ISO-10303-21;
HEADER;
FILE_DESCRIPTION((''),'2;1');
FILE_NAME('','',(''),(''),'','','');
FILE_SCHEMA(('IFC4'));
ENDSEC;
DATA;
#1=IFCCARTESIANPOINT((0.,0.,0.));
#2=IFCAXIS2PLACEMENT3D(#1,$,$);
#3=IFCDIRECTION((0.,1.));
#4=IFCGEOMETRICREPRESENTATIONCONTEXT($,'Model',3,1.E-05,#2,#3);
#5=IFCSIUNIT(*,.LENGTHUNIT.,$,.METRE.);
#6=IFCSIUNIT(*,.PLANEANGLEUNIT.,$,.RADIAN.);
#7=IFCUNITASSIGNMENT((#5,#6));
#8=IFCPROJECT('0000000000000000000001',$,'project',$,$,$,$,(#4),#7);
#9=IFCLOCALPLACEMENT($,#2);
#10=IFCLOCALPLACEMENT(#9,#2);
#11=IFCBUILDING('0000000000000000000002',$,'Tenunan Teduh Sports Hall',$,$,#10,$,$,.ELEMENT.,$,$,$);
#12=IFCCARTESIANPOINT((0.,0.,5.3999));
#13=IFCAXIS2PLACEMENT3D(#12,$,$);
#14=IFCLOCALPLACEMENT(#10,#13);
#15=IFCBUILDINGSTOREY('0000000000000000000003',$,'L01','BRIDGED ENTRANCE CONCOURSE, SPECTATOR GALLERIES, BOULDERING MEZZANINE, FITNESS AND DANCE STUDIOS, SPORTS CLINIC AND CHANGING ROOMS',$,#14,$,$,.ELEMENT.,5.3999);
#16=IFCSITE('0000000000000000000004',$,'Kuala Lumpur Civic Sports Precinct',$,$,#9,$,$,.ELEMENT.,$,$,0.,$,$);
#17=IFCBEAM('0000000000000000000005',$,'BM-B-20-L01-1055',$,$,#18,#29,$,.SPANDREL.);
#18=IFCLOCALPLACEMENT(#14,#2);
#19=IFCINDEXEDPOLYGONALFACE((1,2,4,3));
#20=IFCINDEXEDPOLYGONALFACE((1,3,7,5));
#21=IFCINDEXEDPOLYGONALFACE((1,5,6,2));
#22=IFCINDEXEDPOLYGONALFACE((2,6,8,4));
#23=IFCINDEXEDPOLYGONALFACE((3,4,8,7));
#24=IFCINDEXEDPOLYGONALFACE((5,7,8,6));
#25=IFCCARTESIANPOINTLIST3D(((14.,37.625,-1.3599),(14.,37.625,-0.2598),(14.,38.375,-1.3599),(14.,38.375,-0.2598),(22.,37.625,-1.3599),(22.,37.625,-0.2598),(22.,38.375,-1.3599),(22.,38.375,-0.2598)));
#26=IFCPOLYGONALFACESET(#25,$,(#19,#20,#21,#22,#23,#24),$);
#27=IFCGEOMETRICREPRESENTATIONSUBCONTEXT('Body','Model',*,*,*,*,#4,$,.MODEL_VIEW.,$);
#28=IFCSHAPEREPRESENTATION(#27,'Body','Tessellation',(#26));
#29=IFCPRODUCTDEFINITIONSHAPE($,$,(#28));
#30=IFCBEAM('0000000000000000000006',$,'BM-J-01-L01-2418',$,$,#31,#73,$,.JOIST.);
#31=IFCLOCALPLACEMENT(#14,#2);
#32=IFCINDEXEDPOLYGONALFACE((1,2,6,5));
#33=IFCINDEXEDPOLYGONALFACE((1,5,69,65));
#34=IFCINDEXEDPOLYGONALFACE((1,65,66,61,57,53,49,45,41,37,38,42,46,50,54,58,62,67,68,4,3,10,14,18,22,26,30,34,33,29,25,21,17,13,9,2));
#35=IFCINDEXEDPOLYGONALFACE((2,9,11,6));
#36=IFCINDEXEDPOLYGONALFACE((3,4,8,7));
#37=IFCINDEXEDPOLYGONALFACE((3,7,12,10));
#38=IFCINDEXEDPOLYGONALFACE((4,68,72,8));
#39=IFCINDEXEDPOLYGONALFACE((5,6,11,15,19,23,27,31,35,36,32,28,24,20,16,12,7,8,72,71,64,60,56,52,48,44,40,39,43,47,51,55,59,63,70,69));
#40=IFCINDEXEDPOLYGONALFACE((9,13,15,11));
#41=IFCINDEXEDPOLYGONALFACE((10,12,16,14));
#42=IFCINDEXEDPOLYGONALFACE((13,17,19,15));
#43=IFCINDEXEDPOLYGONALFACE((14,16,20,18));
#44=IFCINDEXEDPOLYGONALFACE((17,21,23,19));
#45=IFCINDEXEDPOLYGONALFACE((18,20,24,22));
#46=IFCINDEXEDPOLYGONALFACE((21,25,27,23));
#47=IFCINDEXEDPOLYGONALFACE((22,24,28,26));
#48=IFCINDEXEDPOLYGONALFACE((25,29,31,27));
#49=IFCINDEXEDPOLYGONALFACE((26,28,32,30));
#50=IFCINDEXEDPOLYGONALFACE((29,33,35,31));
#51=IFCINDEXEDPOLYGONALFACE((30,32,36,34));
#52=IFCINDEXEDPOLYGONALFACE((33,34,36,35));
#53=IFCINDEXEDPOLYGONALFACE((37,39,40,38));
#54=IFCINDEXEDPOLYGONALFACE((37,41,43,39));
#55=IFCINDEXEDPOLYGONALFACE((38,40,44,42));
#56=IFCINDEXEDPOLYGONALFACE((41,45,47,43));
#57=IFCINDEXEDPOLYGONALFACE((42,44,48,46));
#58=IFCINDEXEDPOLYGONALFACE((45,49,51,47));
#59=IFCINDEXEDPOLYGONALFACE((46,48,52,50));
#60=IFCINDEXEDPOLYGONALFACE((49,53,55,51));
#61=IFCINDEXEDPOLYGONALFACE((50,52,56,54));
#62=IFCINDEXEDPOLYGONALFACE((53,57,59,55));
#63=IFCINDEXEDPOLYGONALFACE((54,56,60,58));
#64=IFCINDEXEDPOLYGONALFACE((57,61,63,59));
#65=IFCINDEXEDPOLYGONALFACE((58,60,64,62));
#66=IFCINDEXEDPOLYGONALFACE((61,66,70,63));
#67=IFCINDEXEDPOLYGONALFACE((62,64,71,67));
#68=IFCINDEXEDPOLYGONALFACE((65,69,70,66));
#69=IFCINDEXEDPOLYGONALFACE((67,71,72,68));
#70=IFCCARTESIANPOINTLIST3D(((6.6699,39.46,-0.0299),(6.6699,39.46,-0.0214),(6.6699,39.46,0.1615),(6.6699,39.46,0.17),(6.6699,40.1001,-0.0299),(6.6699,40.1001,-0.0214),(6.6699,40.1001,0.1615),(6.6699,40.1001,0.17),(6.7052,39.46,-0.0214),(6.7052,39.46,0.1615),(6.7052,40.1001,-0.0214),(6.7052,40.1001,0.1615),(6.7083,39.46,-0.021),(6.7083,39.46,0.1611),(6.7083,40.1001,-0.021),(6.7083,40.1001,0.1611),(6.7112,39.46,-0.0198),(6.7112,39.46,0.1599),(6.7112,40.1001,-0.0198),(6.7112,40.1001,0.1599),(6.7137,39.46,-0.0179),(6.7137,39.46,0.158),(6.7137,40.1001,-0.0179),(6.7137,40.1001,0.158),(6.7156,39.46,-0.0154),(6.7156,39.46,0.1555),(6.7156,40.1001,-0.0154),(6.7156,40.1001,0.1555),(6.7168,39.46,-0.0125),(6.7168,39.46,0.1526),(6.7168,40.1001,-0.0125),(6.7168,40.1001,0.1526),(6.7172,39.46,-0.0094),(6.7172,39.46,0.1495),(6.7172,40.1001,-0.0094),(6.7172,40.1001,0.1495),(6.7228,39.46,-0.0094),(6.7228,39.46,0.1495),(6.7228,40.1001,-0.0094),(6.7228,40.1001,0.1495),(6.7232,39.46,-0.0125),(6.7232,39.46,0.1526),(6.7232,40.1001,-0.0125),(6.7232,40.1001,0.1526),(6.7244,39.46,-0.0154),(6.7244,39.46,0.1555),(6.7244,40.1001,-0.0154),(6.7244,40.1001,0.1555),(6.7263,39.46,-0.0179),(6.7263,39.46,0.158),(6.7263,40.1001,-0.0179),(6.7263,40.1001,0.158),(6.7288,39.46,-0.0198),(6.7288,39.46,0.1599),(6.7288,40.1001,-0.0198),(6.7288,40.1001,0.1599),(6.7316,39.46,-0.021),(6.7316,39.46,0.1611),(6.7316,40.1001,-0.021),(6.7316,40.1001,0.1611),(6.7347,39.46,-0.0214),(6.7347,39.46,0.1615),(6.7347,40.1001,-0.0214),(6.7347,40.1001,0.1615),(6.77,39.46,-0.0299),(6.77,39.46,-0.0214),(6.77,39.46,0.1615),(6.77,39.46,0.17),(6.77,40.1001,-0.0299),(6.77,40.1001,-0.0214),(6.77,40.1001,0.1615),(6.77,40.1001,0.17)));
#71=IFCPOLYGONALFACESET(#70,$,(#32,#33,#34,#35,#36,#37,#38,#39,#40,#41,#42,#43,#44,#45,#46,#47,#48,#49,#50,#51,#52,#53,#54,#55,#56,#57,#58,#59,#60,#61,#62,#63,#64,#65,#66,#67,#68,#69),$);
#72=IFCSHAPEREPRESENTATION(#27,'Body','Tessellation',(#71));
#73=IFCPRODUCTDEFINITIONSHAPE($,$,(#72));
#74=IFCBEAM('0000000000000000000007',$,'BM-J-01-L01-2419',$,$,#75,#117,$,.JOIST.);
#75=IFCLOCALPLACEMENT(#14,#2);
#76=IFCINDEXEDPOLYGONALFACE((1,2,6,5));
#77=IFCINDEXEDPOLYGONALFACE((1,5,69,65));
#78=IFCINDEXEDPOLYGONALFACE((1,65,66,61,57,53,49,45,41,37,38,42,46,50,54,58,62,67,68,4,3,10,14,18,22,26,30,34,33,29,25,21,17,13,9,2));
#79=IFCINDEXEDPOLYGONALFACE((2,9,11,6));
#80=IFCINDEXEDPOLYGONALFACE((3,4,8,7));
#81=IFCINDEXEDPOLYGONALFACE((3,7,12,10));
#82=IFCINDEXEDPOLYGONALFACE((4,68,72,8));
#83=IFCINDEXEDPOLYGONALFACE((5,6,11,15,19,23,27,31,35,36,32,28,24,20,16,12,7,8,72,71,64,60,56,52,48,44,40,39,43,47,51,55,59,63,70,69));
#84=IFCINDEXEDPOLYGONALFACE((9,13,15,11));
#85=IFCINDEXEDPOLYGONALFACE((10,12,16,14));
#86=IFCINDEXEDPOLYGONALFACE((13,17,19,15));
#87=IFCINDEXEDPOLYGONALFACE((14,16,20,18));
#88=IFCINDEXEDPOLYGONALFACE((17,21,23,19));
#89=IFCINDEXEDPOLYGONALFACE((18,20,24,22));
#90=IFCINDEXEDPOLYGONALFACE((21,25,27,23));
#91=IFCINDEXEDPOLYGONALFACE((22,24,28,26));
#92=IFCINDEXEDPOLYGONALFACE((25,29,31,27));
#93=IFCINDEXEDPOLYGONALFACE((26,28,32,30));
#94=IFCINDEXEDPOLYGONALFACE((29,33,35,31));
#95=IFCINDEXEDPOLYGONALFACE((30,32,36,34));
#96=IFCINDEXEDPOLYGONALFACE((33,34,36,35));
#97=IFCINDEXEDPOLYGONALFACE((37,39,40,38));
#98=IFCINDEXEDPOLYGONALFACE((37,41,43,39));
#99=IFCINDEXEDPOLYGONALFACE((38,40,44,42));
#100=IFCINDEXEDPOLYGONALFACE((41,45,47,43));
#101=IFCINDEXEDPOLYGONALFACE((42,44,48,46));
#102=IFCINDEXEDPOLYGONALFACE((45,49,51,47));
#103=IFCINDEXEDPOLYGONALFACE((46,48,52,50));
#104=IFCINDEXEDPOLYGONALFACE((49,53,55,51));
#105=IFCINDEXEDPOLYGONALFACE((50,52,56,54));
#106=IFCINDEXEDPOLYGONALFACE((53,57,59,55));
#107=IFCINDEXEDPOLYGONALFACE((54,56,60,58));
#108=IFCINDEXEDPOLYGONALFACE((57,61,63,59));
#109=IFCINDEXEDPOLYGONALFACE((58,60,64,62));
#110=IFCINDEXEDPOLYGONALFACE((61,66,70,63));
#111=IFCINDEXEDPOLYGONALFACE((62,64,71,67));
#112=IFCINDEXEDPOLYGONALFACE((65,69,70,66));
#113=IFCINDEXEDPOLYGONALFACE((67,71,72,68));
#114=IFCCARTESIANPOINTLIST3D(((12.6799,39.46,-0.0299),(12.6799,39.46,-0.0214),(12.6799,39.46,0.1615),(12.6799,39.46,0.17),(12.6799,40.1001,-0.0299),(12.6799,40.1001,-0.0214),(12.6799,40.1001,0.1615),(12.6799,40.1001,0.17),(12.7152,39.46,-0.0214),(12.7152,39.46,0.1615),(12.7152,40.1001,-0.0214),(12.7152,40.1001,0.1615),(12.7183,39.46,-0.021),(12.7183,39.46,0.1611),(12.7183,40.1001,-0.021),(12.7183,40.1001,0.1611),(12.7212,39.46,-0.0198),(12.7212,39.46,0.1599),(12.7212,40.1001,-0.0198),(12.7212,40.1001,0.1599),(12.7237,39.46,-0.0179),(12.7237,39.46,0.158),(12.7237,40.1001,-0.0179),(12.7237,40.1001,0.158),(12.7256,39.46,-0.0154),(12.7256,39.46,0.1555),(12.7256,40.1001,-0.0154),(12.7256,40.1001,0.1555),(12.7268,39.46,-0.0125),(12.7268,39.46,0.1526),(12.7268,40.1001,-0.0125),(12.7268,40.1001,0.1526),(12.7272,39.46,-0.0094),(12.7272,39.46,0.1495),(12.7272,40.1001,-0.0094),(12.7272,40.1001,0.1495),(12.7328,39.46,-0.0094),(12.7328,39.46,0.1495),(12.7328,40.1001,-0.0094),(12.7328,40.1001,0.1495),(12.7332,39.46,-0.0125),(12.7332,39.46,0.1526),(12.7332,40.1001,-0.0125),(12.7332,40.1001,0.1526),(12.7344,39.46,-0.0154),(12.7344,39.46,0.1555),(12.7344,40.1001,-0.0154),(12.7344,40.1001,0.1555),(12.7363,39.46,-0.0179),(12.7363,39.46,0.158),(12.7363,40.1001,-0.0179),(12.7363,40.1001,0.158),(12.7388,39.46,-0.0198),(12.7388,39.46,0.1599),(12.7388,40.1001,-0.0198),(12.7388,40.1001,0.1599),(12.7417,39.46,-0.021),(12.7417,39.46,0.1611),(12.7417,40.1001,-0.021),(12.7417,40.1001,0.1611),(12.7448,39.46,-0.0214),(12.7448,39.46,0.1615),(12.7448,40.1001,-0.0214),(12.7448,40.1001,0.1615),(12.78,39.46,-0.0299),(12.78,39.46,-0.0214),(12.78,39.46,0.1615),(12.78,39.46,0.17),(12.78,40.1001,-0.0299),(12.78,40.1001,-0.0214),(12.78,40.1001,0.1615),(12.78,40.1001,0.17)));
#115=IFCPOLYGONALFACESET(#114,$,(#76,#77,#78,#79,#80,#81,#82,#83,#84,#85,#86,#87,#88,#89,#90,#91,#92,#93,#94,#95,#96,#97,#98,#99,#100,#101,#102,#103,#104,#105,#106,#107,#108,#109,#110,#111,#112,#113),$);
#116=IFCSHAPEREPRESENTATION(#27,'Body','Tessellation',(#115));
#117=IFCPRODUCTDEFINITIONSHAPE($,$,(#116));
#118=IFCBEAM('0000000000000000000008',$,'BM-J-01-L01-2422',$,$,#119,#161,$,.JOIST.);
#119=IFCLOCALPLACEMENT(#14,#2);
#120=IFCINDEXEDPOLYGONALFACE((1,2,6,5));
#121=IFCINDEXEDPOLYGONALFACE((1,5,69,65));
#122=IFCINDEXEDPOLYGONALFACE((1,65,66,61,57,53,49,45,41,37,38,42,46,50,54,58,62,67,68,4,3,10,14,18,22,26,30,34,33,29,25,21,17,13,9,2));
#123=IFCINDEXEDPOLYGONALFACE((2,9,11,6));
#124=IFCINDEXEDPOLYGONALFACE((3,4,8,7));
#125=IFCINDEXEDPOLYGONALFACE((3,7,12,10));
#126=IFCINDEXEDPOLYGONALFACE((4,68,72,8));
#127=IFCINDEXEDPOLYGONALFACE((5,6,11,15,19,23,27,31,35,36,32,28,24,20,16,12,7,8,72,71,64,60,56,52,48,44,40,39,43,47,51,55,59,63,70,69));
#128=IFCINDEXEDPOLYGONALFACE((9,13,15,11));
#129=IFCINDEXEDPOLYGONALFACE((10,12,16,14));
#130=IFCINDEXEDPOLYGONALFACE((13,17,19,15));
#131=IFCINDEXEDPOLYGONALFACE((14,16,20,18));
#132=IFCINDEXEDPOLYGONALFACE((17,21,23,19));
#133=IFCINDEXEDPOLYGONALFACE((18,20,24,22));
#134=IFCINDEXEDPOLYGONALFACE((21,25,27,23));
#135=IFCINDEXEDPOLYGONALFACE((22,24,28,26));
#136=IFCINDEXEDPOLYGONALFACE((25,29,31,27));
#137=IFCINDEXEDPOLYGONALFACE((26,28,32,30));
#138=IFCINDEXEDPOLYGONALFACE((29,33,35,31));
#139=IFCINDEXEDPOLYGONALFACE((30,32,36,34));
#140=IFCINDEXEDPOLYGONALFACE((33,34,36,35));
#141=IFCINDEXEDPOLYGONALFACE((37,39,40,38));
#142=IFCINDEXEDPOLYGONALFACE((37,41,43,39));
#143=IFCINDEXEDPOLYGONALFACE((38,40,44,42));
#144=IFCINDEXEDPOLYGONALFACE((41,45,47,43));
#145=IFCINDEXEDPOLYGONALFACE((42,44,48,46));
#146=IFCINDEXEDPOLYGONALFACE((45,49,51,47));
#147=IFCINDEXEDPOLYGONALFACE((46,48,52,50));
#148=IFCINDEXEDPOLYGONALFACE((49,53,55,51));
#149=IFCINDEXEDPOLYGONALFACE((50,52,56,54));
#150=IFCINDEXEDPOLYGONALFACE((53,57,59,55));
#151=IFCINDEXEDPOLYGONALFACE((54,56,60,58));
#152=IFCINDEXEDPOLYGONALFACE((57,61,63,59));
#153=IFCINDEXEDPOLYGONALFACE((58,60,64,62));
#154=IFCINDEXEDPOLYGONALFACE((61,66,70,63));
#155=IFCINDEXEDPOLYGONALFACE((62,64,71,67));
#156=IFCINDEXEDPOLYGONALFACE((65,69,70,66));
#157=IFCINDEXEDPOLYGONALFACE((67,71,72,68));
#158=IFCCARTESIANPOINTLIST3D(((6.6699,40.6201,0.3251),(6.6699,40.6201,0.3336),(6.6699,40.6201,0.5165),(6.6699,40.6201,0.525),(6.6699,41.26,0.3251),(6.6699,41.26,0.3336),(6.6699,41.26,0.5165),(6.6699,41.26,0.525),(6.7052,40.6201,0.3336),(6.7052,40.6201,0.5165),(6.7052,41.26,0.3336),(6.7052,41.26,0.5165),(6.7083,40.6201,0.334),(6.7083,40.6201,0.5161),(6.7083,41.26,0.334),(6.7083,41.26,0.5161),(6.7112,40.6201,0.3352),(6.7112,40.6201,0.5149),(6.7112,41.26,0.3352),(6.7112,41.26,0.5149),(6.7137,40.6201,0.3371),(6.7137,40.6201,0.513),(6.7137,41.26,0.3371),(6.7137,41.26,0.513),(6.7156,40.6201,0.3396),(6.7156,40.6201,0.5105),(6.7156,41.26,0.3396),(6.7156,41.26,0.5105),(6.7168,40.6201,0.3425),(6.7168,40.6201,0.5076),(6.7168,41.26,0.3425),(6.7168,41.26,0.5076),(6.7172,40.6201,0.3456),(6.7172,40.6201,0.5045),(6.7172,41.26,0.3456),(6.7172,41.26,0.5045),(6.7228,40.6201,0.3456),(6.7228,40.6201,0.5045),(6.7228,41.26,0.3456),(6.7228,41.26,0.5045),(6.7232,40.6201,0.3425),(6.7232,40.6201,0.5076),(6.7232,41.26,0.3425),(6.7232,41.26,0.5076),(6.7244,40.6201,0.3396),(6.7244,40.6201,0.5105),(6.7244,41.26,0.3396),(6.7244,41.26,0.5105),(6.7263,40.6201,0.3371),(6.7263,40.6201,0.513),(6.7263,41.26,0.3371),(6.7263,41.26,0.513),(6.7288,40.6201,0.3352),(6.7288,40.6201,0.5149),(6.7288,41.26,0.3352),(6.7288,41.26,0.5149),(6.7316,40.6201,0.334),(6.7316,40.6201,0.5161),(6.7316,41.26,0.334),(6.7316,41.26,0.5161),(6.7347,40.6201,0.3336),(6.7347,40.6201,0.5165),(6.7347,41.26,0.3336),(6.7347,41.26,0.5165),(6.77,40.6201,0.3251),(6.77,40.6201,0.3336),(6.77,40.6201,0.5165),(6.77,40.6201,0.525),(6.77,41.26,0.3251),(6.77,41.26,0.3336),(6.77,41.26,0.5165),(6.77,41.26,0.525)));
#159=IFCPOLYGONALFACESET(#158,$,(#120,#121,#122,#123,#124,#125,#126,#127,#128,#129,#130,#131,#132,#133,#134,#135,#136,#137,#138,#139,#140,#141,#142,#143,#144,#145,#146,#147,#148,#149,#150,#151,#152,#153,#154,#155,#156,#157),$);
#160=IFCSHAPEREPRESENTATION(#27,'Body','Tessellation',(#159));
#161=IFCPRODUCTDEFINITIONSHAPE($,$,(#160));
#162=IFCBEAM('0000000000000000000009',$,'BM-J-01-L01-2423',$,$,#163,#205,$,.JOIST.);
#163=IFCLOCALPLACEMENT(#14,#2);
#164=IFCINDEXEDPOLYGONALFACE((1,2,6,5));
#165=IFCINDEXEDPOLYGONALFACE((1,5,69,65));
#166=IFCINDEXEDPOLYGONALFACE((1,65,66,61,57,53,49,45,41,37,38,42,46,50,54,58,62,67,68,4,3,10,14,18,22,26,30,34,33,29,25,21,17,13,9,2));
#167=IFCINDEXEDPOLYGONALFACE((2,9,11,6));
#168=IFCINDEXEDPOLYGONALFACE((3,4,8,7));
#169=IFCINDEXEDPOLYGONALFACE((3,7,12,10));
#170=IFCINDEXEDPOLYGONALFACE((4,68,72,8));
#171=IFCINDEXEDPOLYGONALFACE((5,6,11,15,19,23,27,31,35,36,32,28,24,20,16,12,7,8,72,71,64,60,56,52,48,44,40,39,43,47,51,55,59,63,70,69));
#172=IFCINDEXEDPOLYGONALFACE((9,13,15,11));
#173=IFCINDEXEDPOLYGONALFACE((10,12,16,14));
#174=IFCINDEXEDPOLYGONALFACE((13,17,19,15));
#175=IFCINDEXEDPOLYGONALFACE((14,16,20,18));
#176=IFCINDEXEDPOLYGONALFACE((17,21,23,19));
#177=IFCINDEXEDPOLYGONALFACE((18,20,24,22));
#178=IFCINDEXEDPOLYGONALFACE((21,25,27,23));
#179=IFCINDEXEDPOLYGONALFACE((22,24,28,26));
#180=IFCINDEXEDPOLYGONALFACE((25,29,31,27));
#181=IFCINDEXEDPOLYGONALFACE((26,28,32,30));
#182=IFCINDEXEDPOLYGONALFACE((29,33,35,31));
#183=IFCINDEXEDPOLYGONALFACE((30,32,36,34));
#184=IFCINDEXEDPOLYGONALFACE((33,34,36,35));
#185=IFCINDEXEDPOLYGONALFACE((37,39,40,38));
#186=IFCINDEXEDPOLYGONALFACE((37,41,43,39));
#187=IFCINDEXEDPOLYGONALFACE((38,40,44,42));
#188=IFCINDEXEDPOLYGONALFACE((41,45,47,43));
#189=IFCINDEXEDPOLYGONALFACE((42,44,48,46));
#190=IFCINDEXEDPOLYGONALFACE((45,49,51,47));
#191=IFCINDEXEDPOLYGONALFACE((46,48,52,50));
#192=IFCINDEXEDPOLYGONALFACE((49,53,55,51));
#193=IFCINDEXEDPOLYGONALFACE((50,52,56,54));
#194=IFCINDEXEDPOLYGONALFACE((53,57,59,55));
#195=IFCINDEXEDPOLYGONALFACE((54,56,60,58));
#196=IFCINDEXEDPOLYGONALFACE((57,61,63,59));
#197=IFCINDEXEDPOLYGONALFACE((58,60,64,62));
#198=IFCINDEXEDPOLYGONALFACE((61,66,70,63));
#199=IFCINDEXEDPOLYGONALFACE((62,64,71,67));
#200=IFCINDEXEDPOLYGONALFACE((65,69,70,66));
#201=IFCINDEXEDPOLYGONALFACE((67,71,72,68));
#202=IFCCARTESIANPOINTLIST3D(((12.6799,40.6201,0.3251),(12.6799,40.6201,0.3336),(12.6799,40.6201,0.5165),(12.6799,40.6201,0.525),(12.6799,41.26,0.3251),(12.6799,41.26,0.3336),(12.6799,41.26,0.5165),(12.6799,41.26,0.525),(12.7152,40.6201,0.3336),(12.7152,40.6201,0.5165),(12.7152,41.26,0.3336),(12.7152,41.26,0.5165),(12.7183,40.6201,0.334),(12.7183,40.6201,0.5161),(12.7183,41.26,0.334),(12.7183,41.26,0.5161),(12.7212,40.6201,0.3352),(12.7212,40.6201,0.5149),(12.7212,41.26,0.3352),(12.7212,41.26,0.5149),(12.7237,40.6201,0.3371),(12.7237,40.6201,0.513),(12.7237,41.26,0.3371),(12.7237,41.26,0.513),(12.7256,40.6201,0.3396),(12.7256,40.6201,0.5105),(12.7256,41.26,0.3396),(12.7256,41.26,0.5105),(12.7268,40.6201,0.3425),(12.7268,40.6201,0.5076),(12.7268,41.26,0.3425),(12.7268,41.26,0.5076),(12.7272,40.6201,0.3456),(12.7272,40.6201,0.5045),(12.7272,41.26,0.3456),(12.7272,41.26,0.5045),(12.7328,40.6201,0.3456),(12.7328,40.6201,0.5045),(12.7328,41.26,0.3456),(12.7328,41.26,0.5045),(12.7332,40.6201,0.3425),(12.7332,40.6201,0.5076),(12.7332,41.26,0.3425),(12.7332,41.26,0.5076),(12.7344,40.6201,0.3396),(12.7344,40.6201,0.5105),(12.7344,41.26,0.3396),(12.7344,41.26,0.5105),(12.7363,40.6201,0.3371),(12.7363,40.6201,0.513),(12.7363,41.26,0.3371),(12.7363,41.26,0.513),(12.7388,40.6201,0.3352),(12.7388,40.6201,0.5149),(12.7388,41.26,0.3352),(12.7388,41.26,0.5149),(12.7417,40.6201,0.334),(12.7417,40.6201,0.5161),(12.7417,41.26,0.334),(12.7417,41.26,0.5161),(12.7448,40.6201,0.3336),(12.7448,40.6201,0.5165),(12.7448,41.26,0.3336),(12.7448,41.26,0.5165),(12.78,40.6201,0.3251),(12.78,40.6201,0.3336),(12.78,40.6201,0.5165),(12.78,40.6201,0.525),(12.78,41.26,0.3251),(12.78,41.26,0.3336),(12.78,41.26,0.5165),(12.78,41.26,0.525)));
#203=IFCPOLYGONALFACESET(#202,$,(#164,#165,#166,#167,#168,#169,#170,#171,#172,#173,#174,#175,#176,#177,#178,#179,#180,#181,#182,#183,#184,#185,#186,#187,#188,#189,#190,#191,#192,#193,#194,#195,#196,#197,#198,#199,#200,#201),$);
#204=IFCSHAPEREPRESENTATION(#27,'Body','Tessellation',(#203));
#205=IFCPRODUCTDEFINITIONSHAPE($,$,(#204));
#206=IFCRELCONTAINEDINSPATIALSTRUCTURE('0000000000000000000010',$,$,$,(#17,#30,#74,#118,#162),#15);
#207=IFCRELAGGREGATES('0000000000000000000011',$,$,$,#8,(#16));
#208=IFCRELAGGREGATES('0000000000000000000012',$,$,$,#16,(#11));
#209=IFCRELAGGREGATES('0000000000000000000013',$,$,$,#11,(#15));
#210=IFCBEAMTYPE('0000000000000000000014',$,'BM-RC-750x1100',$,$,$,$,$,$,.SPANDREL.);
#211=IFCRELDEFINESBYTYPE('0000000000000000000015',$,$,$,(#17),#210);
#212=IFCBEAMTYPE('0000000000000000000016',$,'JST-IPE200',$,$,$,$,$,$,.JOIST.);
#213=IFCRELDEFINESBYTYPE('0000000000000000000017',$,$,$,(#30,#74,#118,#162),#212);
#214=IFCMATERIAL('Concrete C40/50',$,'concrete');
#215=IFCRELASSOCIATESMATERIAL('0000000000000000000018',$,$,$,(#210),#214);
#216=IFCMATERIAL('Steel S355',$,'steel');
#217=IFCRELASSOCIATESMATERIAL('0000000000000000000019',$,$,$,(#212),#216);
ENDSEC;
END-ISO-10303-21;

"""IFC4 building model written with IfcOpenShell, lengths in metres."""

from ifc_helpers import new_model, si_unit, direction, frame, origin, origin_2d, place, context, subcontext, project, spatial, rectangle, i_section, extrude, material, material_profile, profile_set, type_object, element, save


model = new_model("IFC4")

# Units and contexts
model_context = context("Model", 3, precision=1e-05, world=origin(), true_north=direction((0.0, 1.0)))
body_context = subcontext(model_context, "Body", "Model", "MODEL_VIEW")
ifc_project = project(units=[si_unit("LENGTHUNIT", "METRE"), si_unit("PLANEANGLEUNIT", "RADIAN")], contexts=[model_context])

# Site, building, storey
site_placement = place(None, origin())
site = spatial("IfcSite", under=ifc_project, at=site_placement, Name="Kuala Lumpur Civic Sports Precinct", CompositionType="ELEMENT", RefElevation=0.0)
building_placement = place(site_placement, origin())
building = spatial("IfcBuilding", under=site, at=building_placement, Name="Tenunan Teduh Sports Hall", CompositionType="ELEMENT")
storey_placement = place(building_placement, frame((0.0, 0.0, 5.3999)))
storey = spatial("IfcBuildingStorey", under=building, at=storey_placement, Name="L01", Description="BRIDGED ENTRANCE CONCOURSE, SPECTATOR GALLERIES, BOULDERING MEZZANINE, FITNESS AND DANCE STUDIOS, SPORTS CLINIC AND CHANGING ROOMS", CompositionType="ELEMENT", Elevation=5.3999)

# Beams
ifc_material_1 = material(Name="Concrete C40/50", Category="concrete")
ifc_material_profile_1 = material_profile(ifc_material_1, rectangle(XDim=0.75, YDim=1.1001, at=origin_2d()), Name="RCB 750x1100")
ifc_profile_set_1 = profile_set([ifc_material_profile_1], Name="Concrete C40/50")
beam_type_1 = type_object("IfcBeamType", Name="BM-RC-750x1100", PredefinedType="SPANDREL", material=ifc_profile_set_1)
beam_1_placement = place(storey_placement, frame((14.0, 38.0, -0.8098), z_axis=(1.0, 0.0, 0.0), x_axis=(0.0, 1.0, 0.0)))
element("IfcBeam", 1, at=beam_1_placement, inside=storey, type_object=beam_type_1, Name="BM-B-20-L01-1055", PredefinedType="SPANDREL", context=body_context, shape_type="SweptSolid", body=[
    extrude(rectangle(XDim=0.75, YDim=1.1001, at=origin_2d()), origin(), (0.0, 0.0, 1.0), 8.0),
])
ifc_material_2 = material(Name="Steel S355", Category="steel")
ifc_material_profile_2 = material_profile(ifc_material_2, i_section(OverallWidth=0.1001, OverallDepth=0.2, WebThickness=0.0056, FlangeThickness=0.0085, FilletRadius=0.012, at=origin_2d()), Name="IPE 200")
ifc_profile_set_2 = profile_set([ifc_material_profile_2], Name="Steel S355")
beam_type_2 = type_object("IfcBeamType", Name="JST-IPE200", PredefinedType="JOIST", material=ifc_profile_set_2)
for number, where, z_axis, x_axis, name in (
    (2, (6.72, 39.46, 0.0701), (0.0, 1.0, 0.0), (-1.0, 0.0, 0.0), "BM-J-01-L01-2418"),
    (3, (12.73, 39.46, 0.0701), (0.0, 1.0, 0.0), (-1.0, 0.0, 0.0), "BM-J-01-L01-2419"),
):
    element("IfcBeam", number, at=place(storey_placement, frame(where, z_axis=z_axis, x_axis=x_axis)), inside=storey, type_object=beam_type_2, Name=name, PredefinedType="JOIST", context=body_context, shape_type="SweptSolid", body=[
        extrude(i_section(OverallWidth=0.1001, OverallDepth=0.2, WebThickness=0.0056, FlangeThickness=0.0085, FilletRadius=0.012, at=origin_2d()), origin(), (0.0, 0.0, 1.0), 0.6401),
    ])
for number, where, z_axis, x_axis, name in (
    (4, (6.72, 40.6201, 0.425), (0.0, 1.0, 0.0), (-1.0, 0.0, 0.0), "BM-J-01-L01-2422"),
    (5, (12.73, 40.6201, 0.425), (0.0, 1.0, 0.0), (-1.0, 0.0, 0.0), "BM-J-01-L01-2423"),
):
    element("IfcBeam", number, at=place(storey_placement, frame(where, z_axis=z_axis, x_axis=x_axis)), inside=storey, type_object=beam_type_2, Name=name, PredefinedType="JOIST", context=body_context, shape_type="SweptSolid", body=[
        extrude(i_section(OverallWidth=0.1001, OverallDepth=0.2, WebThickness=0.0056, FlangeThickness=0.0085, FilletRadius=0.012, at=origin_2d()), origin(), (0.0, 0.0, 1.0), 0.6399),
    ])

save(model, "model.ifc")
